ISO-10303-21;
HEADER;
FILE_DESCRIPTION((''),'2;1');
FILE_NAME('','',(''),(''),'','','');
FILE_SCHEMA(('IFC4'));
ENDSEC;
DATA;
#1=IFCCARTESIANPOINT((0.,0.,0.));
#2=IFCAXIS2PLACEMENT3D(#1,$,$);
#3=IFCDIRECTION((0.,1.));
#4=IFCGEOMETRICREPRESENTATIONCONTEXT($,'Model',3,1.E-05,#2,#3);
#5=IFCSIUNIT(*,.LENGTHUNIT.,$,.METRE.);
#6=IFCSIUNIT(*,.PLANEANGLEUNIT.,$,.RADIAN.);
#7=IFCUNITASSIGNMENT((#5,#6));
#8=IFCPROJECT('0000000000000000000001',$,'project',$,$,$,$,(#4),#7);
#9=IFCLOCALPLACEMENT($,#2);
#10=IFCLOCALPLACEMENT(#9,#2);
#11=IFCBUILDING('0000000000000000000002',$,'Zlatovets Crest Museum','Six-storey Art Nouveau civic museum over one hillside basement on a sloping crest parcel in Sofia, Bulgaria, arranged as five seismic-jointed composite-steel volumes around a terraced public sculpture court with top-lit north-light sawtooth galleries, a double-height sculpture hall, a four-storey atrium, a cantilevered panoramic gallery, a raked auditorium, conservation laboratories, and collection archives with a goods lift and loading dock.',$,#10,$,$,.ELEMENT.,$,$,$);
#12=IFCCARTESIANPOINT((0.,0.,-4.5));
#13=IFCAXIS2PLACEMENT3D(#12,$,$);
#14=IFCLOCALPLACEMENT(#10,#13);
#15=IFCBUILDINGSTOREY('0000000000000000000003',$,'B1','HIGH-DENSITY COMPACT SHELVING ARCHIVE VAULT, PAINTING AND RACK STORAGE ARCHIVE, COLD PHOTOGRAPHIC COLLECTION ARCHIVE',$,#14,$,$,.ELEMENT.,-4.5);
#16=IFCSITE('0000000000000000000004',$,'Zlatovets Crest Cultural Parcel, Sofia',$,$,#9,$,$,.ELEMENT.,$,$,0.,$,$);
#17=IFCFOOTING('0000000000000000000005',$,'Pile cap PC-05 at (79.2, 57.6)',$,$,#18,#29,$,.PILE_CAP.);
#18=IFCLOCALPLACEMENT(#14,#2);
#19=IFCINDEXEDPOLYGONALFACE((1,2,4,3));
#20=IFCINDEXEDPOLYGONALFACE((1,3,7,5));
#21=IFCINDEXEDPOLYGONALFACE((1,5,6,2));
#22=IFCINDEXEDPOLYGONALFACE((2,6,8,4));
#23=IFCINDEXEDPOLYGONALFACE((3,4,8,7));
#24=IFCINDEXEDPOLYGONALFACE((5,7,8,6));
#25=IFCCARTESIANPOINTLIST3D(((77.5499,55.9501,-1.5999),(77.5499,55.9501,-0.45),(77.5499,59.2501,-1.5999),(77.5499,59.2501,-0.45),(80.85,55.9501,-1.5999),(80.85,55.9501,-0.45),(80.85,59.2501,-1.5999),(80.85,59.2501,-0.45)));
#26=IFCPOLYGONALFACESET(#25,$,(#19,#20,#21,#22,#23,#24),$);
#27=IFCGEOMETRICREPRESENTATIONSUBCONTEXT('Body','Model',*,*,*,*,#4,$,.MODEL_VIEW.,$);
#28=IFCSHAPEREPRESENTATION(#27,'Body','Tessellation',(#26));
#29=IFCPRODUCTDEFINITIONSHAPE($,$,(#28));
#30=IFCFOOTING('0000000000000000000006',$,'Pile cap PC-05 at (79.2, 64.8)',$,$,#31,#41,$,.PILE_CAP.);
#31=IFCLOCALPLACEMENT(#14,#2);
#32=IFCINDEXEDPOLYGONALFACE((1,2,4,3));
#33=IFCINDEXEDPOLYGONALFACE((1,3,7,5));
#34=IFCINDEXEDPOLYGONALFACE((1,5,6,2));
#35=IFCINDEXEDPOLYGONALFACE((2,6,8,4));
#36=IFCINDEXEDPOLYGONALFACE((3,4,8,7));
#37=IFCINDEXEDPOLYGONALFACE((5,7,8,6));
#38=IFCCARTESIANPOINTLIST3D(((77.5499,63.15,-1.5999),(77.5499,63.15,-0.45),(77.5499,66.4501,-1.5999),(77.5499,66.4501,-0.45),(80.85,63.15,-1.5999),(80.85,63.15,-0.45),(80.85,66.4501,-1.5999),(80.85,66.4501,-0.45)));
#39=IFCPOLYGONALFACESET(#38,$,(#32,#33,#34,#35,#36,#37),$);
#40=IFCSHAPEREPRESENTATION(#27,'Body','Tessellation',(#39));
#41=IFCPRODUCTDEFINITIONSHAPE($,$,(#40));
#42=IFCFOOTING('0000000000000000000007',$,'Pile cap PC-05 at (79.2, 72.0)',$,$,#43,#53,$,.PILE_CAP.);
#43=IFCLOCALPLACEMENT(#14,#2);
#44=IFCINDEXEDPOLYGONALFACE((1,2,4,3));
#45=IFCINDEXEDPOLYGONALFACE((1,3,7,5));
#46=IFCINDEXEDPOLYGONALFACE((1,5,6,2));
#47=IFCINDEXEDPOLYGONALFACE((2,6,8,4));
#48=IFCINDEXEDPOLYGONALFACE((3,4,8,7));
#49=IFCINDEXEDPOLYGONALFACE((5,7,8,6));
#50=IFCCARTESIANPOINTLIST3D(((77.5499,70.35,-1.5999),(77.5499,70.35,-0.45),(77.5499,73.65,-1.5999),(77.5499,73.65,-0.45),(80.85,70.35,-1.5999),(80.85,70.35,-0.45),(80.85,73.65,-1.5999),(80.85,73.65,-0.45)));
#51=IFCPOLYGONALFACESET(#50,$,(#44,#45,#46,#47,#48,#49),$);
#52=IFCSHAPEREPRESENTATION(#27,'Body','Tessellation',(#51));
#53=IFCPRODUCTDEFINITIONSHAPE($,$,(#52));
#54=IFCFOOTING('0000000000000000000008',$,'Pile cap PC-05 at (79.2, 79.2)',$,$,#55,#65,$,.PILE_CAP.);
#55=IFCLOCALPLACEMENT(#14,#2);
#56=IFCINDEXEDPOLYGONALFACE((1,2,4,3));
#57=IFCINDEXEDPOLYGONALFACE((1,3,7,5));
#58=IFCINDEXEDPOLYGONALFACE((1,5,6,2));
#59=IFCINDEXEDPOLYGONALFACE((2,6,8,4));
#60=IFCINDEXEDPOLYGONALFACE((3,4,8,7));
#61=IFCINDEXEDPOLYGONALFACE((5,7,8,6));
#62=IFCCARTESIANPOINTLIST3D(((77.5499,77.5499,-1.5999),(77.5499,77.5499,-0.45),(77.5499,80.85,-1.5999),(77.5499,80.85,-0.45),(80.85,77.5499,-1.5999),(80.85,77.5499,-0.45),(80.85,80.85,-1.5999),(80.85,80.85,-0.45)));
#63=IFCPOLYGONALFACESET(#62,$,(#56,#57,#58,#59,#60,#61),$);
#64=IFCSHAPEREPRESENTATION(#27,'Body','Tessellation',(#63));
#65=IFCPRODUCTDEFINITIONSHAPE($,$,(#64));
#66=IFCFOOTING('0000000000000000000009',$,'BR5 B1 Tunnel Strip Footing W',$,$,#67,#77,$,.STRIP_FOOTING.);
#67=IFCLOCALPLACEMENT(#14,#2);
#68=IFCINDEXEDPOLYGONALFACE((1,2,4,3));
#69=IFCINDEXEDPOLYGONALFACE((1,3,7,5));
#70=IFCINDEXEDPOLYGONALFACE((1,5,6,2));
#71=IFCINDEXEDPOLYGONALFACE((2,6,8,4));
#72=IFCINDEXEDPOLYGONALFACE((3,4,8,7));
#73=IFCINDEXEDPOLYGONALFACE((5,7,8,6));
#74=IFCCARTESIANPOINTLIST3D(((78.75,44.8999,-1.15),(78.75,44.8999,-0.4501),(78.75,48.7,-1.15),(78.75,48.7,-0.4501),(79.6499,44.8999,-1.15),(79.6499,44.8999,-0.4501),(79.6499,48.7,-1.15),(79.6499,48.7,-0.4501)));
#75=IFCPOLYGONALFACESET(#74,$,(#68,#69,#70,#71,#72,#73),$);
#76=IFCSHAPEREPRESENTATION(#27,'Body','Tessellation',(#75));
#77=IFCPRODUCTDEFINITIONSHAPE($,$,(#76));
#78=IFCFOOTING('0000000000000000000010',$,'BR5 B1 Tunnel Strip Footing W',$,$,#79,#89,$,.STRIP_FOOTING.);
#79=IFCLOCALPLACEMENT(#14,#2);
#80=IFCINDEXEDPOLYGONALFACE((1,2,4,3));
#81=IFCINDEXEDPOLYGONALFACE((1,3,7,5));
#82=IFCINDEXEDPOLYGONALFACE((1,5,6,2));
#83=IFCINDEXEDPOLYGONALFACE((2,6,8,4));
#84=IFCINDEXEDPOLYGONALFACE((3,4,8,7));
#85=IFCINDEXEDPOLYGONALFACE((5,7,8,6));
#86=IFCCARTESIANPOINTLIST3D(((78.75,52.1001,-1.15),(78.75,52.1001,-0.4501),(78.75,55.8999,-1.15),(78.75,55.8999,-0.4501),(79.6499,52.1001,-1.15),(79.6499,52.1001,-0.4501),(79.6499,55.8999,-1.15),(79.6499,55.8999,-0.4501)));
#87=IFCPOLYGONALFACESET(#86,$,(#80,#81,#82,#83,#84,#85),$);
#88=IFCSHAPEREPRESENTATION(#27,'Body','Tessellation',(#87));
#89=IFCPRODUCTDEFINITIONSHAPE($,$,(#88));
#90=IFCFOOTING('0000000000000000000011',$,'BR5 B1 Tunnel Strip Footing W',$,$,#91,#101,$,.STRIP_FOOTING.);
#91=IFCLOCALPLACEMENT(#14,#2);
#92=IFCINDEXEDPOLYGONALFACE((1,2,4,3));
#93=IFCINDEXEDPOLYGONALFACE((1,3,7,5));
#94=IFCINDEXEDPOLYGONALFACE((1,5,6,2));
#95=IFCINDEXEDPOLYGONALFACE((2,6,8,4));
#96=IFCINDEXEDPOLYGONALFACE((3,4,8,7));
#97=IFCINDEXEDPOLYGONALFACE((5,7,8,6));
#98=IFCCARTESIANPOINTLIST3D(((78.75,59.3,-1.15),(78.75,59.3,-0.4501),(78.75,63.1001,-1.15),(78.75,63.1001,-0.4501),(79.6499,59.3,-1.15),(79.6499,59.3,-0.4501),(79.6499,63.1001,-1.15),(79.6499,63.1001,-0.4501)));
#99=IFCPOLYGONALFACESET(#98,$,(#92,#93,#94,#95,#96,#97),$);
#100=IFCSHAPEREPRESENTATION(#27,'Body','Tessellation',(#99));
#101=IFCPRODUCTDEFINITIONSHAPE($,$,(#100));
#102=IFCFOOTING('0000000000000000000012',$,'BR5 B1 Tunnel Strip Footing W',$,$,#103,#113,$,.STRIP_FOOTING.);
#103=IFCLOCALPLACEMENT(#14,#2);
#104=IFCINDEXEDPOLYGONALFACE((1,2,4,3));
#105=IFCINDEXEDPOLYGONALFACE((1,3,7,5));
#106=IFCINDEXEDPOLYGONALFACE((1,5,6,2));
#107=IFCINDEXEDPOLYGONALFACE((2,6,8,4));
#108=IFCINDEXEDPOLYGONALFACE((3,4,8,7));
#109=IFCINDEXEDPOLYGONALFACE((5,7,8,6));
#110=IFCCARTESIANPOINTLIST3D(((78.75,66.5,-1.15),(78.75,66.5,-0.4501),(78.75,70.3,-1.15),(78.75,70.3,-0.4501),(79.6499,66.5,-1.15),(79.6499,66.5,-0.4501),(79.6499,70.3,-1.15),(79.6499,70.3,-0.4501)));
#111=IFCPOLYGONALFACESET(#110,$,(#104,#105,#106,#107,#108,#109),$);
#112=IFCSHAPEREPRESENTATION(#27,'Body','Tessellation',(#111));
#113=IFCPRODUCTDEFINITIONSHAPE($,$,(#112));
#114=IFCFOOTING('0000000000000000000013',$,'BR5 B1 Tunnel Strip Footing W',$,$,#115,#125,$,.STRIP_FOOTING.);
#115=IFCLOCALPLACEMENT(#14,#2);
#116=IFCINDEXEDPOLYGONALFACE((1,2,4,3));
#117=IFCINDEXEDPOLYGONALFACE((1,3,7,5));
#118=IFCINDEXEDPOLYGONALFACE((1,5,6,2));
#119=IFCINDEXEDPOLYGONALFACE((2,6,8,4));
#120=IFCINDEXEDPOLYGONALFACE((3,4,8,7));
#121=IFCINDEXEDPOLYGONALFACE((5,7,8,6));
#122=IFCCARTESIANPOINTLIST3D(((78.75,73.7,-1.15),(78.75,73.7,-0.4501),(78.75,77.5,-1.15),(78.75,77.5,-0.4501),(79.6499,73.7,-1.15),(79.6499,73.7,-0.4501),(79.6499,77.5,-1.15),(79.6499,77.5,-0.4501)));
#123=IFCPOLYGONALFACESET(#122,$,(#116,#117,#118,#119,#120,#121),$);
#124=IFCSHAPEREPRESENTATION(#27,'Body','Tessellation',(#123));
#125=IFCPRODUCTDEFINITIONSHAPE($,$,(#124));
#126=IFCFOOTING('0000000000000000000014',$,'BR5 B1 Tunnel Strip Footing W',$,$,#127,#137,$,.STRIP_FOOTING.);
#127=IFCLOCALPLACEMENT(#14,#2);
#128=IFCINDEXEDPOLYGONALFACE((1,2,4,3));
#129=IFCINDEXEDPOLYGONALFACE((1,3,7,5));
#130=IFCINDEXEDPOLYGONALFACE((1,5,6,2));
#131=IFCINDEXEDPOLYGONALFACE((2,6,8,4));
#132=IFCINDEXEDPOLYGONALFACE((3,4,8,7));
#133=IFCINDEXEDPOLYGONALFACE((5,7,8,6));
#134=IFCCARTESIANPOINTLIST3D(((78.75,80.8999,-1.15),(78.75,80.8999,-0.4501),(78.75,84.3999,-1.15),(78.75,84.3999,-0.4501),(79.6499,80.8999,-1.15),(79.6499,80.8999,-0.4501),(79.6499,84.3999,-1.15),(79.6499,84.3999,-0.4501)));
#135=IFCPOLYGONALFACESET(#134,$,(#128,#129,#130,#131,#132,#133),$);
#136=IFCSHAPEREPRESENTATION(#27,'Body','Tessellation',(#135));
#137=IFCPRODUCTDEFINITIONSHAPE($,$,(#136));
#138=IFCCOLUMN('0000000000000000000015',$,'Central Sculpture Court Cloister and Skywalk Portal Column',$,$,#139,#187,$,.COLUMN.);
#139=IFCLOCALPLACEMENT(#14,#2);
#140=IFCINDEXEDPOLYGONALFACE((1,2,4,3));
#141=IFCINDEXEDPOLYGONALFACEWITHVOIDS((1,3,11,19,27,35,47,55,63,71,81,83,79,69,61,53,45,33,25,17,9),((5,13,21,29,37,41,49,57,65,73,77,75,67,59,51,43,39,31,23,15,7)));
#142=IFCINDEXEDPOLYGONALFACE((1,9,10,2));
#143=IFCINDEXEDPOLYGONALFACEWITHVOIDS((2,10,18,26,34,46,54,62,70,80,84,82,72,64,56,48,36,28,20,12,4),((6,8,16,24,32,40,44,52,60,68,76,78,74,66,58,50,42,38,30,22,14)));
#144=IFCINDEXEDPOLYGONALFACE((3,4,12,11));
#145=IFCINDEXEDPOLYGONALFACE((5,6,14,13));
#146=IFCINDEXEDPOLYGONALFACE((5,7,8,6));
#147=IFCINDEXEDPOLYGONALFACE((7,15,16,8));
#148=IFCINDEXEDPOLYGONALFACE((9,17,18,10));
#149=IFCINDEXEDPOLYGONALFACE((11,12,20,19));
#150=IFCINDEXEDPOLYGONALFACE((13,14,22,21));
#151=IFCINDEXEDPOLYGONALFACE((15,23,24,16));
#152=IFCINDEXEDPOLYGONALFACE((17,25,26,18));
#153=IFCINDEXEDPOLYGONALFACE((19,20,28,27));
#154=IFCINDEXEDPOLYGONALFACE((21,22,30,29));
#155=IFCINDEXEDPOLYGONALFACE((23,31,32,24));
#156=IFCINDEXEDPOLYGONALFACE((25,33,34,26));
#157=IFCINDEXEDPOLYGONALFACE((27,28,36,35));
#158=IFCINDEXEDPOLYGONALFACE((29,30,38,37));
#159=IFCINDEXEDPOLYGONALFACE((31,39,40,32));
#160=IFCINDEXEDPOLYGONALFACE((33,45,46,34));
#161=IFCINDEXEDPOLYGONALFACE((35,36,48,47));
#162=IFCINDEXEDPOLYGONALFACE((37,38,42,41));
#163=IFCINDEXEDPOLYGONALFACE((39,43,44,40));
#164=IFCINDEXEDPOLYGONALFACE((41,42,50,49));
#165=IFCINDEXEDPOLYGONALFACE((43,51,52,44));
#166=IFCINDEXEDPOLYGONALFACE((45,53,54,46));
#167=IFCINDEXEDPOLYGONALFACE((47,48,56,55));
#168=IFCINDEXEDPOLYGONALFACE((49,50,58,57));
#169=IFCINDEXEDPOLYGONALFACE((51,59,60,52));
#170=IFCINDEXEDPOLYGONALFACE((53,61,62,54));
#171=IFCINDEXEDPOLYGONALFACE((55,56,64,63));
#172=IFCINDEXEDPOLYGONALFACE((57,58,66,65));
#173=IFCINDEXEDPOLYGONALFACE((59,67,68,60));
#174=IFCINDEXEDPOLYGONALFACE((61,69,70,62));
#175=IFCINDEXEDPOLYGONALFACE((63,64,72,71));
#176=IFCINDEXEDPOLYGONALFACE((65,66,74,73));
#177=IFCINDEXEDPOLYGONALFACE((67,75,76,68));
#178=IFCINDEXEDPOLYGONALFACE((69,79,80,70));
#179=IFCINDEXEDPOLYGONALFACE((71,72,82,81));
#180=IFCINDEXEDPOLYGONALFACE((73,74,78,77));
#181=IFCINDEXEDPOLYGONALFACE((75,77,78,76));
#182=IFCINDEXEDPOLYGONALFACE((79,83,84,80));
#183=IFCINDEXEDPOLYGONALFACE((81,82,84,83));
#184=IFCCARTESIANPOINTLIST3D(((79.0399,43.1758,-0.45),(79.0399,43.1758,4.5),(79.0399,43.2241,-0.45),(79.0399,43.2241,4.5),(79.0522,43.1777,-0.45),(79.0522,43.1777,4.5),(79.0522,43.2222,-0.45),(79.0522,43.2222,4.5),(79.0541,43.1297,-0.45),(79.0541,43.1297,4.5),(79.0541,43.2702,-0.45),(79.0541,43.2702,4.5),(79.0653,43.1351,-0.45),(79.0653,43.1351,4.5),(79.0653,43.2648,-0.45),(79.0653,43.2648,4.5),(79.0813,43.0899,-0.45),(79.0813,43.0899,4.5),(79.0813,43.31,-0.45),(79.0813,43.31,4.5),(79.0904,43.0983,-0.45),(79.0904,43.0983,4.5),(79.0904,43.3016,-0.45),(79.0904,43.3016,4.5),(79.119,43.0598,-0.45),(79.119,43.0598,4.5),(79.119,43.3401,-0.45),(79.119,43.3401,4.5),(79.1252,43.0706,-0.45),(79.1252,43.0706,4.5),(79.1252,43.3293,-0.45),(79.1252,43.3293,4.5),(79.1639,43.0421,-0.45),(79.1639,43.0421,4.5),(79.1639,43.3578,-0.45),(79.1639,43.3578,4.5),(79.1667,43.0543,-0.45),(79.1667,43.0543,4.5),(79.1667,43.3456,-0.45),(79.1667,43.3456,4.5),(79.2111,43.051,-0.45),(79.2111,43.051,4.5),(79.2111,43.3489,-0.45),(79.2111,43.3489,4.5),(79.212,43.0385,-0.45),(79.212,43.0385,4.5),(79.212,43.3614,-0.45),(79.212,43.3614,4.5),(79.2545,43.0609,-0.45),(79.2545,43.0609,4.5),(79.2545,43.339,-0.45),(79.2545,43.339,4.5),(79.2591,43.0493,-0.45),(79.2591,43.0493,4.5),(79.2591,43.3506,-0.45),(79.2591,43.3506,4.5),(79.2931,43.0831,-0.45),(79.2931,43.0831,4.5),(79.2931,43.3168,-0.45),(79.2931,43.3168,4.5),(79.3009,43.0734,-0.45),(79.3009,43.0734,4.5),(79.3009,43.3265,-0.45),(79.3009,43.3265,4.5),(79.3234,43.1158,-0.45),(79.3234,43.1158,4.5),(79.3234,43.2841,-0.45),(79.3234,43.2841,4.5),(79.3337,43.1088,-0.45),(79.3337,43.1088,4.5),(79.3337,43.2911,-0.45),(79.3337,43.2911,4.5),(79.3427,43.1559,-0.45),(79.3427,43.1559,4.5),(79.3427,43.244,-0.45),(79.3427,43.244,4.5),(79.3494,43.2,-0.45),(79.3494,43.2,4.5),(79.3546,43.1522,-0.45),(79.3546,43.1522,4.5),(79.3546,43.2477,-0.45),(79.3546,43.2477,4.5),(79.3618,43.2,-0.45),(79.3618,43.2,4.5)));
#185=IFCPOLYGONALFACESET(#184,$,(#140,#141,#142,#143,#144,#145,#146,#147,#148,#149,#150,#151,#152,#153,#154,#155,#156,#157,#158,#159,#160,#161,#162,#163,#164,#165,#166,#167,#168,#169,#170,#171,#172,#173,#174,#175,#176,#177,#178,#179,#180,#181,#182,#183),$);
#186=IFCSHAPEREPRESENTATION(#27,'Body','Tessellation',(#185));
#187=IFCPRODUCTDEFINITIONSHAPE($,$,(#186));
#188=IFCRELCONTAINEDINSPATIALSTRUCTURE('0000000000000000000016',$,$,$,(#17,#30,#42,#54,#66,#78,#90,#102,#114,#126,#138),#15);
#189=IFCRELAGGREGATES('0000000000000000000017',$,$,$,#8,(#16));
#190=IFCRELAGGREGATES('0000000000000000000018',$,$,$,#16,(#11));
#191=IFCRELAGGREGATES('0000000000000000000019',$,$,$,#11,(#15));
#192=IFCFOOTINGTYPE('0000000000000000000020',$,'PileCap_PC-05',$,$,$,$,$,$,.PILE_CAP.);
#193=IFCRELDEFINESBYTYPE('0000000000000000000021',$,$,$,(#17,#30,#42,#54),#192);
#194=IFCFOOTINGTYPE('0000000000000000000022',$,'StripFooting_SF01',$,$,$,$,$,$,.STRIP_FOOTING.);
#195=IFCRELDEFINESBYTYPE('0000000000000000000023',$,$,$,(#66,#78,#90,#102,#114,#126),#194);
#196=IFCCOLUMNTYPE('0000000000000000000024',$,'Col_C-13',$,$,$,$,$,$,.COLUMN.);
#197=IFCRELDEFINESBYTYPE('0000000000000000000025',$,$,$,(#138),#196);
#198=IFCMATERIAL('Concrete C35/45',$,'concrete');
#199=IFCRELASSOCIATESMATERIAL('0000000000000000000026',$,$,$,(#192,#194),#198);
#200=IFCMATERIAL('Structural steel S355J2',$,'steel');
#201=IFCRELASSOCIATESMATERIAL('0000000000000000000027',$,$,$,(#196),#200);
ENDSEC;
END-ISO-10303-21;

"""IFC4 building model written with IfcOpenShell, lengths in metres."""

from ifc_helpers import new_model, si_unit, direction, frame, origin, origin_2d, place, context, subcontext, project, spatial, rectangle, hollow_circle, extrude, material, material_profile, profile_set, type_object, element, save


model = new_model("IFC4")

# Units and contexts
model_context = context("Model", 3, precision=1e-05, world=origin(), true_north=direction((0.0, 1.0)))
body_context = subcontext(model_context, "Body", "Model", "MODEL_VIEW")
ifc_project = project(units=[si_unit("LENGTHUNIT", "METRE"), si_unit("PLANEANGLEUNIT", "RADIAN")], contexts=[model_context])

# Site, building, storey
site_placement = place(None, origin())
site = spatial("IfcSite", under=ifc_project, at=site_placement, Name="Zlatovets Crest Cultural Parcel, Sofia", CompositionType="ELEMENT", RefElevation=0.0)
building_placement = place(site_placement, origin())
building = spatial("IfcBuilding", under=site, at=building_placement, Name="Zlatovets Crest Museum", Description="Six-storey Art Nouveau civic museum over one hillside basement on a sloping crest parcel in Sofia, Bulgaria, arranged as five seismic-jointed composite-steel volumes around a terraced public sculpture court with top-lit north-light sawtooth galleries, a double-height sculpture hall, a four-storey atrium, a cantilevered panoramic gallery, a raked auditorium, conservation laboratories, and collection archives with a goods lift and loading dock.", CompositionType="ELEMENT")
storey_placement = place(building_placement, frame((0.0, 0.0, -4.5)))
storey = spatial("IfcBuildingStorey", under=building, at=storey_placement, Name="B1", Description="HIGH-DENSITY COMPACT SHELVING ARCHIVE VAULT, PAINTING AND RACK STORAGE ARCHIVE, COLD PHOTOGRAPHIC COLLECTION ARCHIVE", CompositionType="ELEMENT", Elevation=-4.5)

# Shared definitions
ifc_material_1 = material(Name="Concrete C35/45", Category="concrete")

# Footings
footing_type_1 = type_object("IfcFootingType", Name="PileCap_PC-05", PredefinedType="PILE_CAP", material=ifc_material_1)
for number, where, z_axis, x_axis, name in (
    (1, (79.2, 57.6001, -1.5999), (0.0, 0.0, 1.0), (1.0, 0.0, 0.0), "Pile cap PC-05 at (79.2, 57.6)"),
    (2, (79.2, 64.8, -1.5999), (0.0, 0.0, 1.0), (1.0, 0.0, 0.0), "Pile cap PC-05 at (79.2, 64.8)"),
    (3, (79.2, 72.0, -1.5999), (0.0, 0.0, 1.0), (1.0, 0.0, 0.0), "Pile cap PC-05 at (79.2, 72.0)"),
    (4, (79.2, 79.2, -1.5999), (0.0, 0.0, 1.0), (1.0, 0.0, 0.0), "Pile cap PC-05 at (79.2, 79.2)"),
):
    element("IfcFooting", number, at=place(storey_placement, frame(where, z_axis=z_axis, x_axis=x_axis)), inside=storey, type_object=footing_type_1, Name=name, PredefinedType="PILE_CAP", context=body_context, shape_type="SweptSolid", body=[
        extrude(rectangle(XDim=3.3, YDim=3.3, at=origin_2d()), origin(), (0.0, 0.0, 1.0), 1.1499),
    ])
ifc_material_profile_1 = material_profile(ifc_material_1, rectangle(XDim=0.8999, YDim=0.7, at=origin_2d()), Name="RC 900x700")
ifc_profile_set_1 = profile_set([ifc_material_profile_1], Name="Concrete C35/45")
footing_type_2 = type_object("IfcFootingType", Name="StripFooting_SF01", PredefinedType="STRIP_FOOTING", material=ifc_profile_set_1)
footing_1_placement = place(storey_placement, frame((79.2, 44.8999, -0.8), z_axis=(0.0, 1.0, 0.0), x_axis=(-1.0, 0.0, 0.0)))
element("IfcFooting", 5, at=footing_1_placement, inside=storey, type_object=footing_type_2, Name="BR5 B1 Tunnel Strip Footing W", PredefinedType="STRIP_FOOTING", context=body_context, shape_type="SweptSolid", body=[
    extrude(rectangle(XDim=0.8999, YDim=0.7, at=origin_2d()), origin(), (0.0, 0.0, 1.0), 3.8),
])
footing_2_placement = place(storey_placement, frame((79.2, 52.1001, -0.8), z_axis=(0.0, 1.0, 0.0), x_axis=(-1.0, 0.0, 0.0)))
element("IfcFooting", 6, at=footing_2_placement, inside=storey, type_object=footing_type_2, Name="BR5 B1 Tunnel Strip Footing W", PredefinedType="STRIP_FOOTING", context=body_context, shape_type="SweptSolid", body=[
    extrude(rectangle(XDim=0.8999, YDim=0.7, at=origin_2d()), origin(), (0.0, 0.0, 1.0), 3.7998),
])
for number, where, z_axis, x_axis, name in (
    (7, (79.2, 59.3, -0.8), (0.0, 1.0, 0.0), (-1.0, 0.0, 0.0), "BR5 B1 Tunnel Strip Footing W"),
    (8, (79.2, 66.5, -0.8), (0.0, 1.0, 0.0), (-1.0, 0.0, 0.0), "BR5 B1 Tunnel Strip Footing W"),
    (9, (79.2, 73.7, -0.8), (0.0, 1.0, 0.0), (-1.0, 0.0, 0.0), "BR5 B1 Tunnel Strip Footing W"),
):
    element("IfcFooting", number, at=place(storey_placement, frame(where, z_axis=z_axis, x_axis=x_axis)), inside=storey, type_object=footing_type_2, Name=name, PredefinedType="STRIP_FOOTING", context=body_context, shape_type="SweptSolid", body=[
        extrude(rectangle(XDim=0.8999, YDim=0.7, at=origin_2d()), origin(), (0.0, 0.0, 1.0), 3.8),
    ])
footing_3_placement = place(storey_placement, frame((79.2, 80.8999, -0.8), z_axis=(0.0, 1.0, 0.0), x_axis=(-1.0, 0.0, 0.0)))
element("IfcFooting", 10, at=footing_3_placement, inside=storey, type_object=footing_type_2, Name="BR5 B1 Tunnel Strip Footing W", PredefinedType="STRIP_FOOTING", context=body_context, shape_type="SweptSolid", body=[
    extrude(rectangle(XDim=0.8999, YDim=0.7, at=origin_2d()), origin(), (0.0, 0.0, 1.0), 3.5),
])

# Column
ifc_material_2 = material(Name="Structural steel S355J2", Category="steel")
ifc_material_profile_2 = material_profile(ifc_material_2, hollow_circle(Radius=0.1619, WallThickness=0.0125, at=origin_2d()), Name="CHS 323.9x12.5")
ifc_profile_set_2 = profile_set([ifc_material_profile_2], Name="Structural steel S355J2")
column_type = type_object("IfcColumnType", Name="Col_C-13", PredefinedType="COLUMN", material=ifc_profile_set_2)
for number, where, z_axis, x_axis, name in (
    (11, (79.2, 43.2, -0.45), (0.0, 0.0, 1.0), (1.0, 0.0, 0.0), "Central Sculpture Court Cloister and Skywalk Portal Column"),
):
    element("IfcColumn", number, at=place(storey_placement, frame(where, z_axis=z_axis, x_axis=x_axis)), inside=storey, type_object=column_type, Name=name, PredefinedType="COLUMN", context=body_context, shape_type="SweptSolid", body=[
        extrude(hollow_circle(Radius=0.1619, WallThickness=0.0125, at=origin_2d()), origin(), (0.0, 0.0, 1.0), 4.95),
    ])

save(model, "model.ifc")
